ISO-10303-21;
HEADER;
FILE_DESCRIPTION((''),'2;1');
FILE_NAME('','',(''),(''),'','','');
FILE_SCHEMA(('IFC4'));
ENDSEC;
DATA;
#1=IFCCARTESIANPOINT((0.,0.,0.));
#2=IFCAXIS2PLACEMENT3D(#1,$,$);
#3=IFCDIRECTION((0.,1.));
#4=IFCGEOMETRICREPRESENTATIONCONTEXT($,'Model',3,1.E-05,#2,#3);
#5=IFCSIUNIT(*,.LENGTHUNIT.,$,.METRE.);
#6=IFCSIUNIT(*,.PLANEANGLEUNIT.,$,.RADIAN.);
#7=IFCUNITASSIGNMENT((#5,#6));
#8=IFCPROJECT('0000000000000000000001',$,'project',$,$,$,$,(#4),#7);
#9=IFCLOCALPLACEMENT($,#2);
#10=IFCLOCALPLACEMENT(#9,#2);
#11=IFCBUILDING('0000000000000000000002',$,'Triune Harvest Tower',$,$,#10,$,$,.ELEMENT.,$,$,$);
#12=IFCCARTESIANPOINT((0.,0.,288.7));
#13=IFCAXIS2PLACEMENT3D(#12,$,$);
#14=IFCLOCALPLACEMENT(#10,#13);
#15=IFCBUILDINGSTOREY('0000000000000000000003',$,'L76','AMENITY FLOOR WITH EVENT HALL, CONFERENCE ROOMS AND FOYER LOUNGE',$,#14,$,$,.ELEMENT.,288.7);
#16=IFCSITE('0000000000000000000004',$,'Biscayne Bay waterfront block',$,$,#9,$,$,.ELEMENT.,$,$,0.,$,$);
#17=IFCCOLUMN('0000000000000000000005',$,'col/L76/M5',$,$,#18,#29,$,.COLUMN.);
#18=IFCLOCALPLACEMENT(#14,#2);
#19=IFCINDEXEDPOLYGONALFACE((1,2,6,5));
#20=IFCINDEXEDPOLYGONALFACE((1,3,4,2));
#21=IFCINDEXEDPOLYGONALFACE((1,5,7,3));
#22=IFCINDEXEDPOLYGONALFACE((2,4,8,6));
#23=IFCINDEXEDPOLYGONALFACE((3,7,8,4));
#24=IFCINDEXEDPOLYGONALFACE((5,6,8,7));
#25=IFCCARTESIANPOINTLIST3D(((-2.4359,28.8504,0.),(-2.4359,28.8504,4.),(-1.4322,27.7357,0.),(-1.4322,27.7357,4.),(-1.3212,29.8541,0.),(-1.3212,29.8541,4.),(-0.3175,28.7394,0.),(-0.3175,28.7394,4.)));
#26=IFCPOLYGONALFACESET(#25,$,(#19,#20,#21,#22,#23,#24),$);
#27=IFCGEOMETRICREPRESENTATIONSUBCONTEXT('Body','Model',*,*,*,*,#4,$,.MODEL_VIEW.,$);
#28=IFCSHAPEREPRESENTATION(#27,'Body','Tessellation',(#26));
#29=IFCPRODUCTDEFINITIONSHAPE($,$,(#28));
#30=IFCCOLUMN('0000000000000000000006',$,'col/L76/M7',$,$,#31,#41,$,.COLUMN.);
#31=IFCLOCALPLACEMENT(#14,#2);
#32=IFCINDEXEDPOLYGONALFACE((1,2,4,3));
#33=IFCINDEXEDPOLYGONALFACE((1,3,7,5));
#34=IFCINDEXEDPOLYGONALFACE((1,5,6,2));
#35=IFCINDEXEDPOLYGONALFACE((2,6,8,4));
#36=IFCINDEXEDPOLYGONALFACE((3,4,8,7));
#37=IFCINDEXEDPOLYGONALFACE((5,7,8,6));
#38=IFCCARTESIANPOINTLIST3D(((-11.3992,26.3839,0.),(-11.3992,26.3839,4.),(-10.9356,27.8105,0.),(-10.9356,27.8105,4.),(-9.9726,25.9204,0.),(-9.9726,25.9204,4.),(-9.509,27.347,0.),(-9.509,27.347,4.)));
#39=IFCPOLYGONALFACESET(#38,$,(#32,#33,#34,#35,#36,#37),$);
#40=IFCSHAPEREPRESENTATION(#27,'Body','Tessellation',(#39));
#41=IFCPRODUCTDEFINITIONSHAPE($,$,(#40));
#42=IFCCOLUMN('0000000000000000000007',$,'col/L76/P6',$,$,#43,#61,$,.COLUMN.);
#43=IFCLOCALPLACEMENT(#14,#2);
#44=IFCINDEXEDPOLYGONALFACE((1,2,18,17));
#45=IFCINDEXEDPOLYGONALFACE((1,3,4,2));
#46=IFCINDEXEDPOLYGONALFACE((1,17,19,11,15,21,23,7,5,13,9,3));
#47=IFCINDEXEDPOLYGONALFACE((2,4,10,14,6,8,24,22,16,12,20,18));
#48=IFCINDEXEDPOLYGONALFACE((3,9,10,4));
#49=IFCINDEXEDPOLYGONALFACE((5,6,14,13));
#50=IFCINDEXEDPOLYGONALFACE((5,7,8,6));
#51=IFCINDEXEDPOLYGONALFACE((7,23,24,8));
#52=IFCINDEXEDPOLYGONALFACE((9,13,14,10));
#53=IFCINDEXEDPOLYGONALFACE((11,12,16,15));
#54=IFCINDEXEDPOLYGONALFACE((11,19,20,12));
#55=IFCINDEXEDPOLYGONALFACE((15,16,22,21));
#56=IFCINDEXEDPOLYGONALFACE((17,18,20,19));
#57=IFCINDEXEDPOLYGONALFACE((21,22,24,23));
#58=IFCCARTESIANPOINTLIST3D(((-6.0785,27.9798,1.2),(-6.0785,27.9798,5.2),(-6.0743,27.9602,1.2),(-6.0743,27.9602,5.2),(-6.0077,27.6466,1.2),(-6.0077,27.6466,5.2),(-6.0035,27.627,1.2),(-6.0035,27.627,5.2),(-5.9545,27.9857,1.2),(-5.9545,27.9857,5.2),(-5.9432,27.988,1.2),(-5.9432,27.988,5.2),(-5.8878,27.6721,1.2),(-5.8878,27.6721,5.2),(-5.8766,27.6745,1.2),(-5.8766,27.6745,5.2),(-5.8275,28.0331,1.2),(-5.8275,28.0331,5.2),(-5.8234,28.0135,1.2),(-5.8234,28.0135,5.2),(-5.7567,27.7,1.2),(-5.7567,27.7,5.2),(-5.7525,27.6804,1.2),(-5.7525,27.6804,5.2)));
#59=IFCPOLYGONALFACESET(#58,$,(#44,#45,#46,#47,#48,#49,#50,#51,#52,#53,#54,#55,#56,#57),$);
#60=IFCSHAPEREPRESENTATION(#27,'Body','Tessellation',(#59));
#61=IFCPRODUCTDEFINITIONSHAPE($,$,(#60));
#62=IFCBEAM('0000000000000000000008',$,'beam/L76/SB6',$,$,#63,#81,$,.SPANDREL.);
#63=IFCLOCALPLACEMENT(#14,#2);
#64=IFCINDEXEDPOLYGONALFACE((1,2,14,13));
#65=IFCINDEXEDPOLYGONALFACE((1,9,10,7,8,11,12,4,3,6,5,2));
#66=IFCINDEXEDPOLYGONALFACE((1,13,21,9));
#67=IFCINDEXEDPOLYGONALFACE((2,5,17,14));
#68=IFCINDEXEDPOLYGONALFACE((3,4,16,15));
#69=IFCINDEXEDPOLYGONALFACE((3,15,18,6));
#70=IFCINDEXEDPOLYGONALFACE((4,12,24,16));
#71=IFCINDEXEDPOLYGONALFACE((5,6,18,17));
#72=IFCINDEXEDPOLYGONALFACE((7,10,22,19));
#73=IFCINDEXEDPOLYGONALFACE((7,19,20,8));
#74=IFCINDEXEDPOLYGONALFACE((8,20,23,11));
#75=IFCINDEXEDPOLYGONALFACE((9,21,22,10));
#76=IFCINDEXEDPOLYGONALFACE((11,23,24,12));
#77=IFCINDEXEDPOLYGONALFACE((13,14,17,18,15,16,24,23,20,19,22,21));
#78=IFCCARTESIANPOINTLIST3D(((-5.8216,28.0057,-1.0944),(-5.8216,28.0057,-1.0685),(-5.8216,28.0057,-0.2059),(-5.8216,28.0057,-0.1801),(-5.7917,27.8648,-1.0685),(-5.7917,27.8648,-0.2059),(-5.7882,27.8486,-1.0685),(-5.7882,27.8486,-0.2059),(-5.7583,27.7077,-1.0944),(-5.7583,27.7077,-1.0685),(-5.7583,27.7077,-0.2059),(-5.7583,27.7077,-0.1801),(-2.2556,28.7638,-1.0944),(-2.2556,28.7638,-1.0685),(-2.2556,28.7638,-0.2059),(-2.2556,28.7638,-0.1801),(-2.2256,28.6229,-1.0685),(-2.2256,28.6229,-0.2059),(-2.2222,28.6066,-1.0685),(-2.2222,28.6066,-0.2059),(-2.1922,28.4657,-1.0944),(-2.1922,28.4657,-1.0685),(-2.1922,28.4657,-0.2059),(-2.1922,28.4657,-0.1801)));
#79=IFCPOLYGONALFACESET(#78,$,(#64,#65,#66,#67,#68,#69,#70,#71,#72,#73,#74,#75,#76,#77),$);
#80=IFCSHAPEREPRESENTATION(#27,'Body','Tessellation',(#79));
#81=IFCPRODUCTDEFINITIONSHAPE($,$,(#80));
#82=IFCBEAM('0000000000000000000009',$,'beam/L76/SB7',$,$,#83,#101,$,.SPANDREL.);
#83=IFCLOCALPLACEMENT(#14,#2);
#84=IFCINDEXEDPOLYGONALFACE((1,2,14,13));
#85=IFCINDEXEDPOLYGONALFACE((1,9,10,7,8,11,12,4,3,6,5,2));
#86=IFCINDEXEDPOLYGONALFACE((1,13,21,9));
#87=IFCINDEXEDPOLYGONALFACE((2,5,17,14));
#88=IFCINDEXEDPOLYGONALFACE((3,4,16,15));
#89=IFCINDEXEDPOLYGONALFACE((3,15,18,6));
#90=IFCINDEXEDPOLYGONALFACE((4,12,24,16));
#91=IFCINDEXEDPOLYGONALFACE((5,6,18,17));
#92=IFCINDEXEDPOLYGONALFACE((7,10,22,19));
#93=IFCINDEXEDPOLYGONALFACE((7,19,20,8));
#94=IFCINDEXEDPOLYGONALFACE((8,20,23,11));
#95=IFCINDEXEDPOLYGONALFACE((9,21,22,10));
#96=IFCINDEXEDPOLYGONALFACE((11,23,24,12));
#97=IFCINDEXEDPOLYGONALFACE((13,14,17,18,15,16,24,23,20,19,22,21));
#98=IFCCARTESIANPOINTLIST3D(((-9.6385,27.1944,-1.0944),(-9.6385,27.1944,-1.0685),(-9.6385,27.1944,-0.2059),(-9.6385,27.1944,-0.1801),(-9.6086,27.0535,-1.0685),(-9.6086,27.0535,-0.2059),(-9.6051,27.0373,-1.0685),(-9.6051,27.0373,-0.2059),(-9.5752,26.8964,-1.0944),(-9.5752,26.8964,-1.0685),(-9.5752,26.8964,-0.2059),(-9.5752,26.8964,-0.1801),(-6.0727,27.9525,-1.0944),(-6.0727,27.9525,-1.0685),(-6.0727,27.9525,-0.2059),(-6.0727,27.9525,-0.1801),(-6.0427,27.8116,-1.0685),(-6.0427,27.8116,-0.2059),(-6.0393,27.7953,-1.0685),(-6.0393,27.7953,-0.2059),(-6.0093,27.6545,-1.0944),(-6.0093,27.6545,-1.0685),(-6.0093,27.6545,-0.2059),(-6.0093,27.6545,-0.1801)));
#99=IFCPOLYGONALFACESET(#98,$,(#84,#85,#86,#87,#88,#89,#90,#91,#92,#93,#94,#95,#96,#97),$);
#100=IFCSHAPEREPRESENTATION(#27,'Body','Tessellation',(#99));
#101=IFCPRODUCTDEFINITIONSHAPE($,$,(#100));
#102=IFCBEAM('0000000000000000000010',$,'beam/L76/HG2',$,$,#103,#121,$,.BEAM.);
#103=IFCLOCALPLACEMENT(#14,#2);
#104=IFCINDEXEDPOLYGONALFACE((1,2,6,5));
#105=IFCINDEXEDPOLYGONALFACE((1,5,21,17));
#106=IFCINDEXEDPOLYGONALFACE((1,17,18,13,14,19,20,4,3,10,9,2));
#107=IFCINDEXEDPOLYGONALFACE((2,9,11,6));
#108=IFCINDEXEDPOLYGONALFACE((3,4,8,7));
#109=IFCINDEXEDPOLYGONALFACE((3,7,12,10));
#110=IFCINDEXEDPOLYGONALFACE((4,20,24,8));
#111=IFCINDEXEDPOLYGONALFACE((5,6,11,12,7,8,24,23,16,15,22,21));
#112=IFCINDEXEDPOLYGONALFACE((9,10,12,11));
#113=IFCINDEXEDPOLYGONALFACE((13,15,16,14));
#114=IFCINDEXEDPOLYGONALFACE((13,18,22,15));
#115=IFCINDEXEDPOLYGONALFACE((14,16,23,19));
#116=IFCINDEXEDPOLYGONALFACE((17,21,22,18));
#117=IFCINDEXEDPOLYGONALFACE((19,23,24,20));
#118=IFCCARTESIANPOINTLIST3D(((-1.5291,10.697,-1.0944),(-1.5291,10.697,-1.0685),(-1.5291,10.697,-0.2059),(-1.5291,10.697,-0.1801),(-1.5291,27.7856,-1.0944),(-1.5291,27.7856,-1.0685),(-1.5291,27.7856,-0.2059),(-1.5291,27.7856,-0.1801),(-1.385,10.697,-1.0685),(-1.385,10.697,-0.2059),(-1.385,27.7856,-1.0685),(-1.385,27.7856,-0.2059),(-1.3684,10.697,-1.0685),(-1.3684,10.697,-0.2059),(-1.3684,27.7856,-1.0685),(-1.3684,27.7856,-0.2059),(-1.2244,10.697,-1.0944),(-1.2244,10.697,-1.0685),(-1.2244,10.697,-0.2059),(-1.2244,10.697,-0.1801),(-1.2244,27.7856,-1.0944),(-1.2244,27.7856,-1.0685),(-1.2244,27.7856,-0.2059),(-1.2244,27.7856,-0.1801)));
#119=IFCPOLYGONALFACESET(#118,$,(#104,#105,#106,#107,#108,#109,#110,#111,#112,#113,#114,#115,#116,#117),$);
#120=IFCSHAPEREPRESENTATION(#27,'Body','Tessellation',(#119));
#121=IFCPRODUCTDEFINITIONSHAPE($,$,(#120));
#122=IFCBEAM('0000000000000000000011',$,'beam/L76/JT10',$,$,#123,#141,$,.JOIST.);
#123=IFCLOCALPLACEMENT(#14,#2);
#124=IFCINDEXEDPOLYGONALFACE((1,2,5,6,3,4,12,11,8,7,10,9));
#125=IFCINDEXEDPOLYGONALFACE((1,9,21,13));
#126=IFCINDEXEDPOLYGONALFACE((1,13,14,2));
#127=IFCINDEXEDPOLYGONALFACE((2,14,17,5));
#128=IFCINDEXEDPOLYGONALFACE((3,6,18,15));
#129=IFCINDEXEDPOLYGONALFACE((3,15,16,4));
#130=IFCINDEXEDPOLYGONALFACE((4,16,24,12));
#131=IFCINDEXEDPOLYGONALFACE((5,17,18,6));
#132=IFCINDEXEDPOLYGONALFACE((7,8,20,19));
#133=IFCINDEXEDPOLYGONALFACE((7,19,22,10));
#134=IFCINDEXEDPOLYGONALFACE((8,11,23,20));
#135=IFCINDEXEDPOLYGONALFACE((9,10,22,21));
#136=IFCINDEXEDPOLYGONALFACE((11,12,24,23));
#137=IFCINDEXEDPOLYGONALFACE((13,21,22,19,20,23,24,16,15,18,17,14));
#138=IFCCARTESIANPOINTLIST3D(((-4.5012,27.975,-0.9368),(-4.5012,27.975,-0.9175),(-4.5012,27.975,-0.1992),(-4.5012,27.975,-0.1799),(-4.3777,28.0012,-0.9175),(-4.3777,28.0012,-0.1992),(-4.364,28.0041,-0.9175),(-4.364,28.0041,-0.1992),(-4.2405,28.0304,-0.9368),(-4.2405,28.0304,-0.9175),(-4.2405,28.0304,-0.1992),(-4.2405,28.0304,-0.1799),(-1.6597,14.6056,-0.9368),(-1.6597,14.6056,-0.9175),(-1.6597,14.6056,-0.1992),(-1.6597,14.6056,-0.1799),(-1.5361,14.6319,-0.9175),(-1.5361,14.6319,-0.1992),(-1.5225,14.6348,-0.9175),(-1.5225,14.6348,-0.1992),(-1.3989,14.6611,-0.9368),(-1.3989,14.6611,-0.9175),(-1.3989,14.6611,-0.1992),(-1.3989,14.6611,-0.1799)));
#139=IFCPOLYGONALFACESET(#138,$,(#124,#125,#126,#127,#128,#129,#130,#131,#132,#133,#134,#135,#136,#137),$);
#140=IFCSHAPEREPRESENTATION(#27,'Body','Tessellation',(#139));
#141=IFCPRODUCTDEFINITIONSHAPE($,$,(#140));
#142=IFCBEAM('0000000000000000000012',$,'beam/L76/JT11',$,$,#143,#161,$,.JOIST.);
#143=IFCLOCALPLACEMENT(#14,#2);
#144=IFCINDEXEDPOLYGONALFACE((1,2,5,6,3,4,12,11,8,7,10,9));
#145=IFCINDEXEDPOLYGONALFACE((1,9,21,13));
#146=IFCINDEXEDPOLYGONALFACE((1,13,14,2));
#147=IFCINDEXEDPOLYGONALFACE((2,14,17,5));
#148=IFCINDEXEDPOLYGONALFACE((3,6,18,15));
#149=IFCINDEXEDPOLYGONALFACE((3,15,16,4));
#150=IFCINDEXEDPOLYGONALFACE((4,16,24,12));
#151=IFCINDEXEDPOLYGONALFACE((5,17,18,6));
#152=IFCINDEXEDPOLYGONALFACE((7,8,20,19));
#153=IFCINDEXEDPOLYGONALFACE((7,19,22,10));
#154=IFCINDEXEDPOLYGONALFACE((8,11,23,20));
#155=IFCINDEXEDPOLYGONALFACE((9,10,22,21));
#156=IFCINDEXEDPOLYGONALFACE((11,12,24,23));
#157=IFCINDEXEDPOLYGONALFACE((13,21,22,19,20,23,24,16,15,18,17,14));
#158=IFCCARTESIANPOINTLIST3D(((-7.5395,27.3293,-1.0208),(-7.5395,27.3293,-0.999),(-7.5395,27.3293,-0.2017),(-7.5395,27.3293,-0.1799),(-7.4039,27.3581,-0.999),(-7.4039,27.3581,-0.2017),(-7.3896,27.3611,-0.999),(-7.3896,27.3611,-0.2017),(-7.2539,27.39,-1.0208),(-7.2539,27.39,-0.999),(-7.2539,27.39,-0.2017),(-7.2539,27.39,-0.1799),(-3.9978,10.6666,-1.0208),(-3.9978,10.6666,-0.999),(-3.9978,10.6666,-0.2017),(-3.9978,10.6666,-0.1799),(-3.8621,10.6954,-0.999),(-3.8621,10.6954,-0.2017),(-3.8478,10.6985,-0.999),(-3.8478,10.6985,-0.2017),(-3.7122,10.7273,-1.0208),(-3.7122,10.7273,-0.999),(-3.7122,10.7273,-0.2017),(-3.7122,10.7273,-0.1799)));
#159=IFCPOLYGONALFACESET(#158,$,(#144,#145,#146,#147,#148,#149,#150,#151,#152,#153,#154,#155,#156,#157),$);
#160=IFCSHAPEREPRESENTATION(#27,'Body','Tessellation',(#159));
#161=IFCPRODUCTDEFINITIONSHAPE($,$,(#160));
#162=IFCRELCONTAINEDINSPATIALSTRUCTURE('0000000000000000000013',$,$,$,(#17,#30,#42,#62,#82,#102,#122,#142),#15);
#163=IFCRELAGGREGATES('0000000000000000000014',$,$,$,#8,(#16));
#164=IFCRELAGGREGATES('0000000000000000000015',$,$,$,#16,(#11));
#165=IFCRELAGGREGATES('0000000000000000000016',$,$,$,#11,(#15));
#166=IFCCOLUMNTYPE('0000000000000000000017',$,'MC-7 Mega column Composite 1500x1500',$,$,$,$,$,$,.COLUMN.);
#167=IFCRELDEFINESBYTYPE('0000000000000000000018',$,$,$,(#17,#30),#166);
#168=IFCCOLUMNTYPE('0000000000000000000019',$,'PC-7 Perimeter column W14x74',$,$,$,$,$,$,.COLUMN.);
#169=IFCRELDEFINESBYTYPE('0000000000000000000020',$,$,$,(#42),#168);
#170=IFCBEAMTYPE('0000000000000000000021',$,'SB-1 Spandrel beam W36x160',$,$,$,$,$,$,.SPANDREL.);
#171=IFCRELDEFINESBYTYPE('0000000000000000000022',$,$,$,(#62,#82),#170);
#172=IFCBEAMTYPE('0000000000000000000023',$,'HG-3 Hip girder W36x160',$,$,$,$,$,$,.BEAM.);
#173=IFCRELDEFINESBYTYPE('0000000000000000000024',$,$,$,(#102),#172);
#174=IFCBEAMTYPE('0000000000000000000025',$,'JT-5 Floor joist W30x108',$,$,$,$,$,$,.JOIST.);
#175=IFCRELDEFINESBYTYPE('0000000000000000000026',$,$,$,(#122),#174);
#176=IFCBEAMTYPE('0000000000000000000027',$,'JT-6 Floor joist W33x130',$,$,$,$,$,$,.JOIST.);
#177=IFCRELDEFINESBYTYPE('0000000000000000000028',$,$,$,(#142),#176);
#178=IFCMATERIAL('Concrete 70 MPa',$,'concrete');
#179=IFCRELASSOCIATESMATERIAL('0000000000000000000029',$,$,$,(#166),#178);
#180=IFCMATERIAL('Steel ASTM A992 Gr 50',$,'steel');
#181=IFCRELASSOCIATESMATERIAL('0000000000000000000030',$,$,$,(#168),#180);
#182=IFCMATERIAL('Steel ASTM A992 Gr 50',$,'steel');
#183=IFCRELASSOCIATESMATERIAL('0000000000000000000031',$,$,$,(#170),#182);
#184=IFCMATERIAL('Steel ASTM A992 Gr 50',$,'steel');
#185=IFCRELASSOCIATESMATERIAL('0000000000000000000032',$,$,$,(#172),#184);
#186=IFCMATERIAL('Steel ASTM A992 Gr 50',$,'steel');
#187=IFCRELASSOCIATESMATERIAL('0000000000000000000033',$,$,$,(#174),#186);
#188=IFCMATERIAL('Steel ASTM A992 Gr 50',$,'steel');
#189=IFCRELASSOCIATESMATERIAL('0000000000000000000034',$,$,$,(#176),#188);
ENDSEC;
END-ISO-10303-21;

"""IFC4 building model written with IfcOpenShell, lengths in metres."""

from ifc_helpers import new_model, si_unit, direction, frame, origin, origin_2d, place, context, subcontext, project, spatial, rectangle, i_section, extrude, source, transform, mapped, material, material_profile, profile_set, type_object, element, save


model = new_model("IFC4")

# Units and contexts
model_context = context("Model", 3, precision=1e-05, world=origin(), true_north=direction((0.0, 1.0)))
body_context = subcontext(model_context, "Body", "Model", "MODEL_VIEW")
ifc_project = project(units=[si_unit("LENGTHUNIT", "METRE"), si_unit("PLANEANGLEUNIT", "RADIAN")], contexts=[model_context])

# Site, building, storey
site_placement = place(None, origin())
site = spatial("IfcSite", under=ifc_project, at=site_placement, Name="Biscayne Bay waterfront block", CompositionType="ELEMENT", RefElevation=0.0)
building_placement = place(site_placement, origin())
building = spatial("IfcBuilding", under=site, at=building_placement, Name="Triune Harvest Tower", CompositionType="ELEMENT")
storey_placement = place(building_placement, frame((0.0, 0.0, 288.7)))
storey = spatial("IfcBuildingStorey", under=building, at=storey_placement, Name="L76", Description="AMENITY FLOOR WITH EVENT HALL, CONFERENCE ROOMS AND FOYER LOUNGE", CompositionType="ELEMENT", Elevation=288.7)

# Columns
ifc_material_1 = material(Name="Concrete 70 MPa", Category="concrete")
ifc_material_profile_1 = material_profile(ifc_material_1, rectangle(XDim=1.5, YDim=1.5, at=origin_2d()), Name="Composite 1500x1500")
ifc_profile_set_1 = profile_set([ifc_material_profile_1], Name="Concrete 70 MPa")
column_type_1 = type_object("IfcColumnType", Name="MC-7 Mega column Composite 1500x1500", PredefinedType="COLUMN", material=ifc_profile_set_1)
shared_shape_1 = source(origin(), body_context, "Body", "SweptSolid", [
    extrude(rectangle(XDim=1.5, YDim=1.5, at=origin_2d()), origin(), (0.0, 0.0, 1.0), 4.0),
])
for number, where, z_axis, x_axis, name in (
    (1, (-1.3767, 28.7949, 0.0), (0.0, 0.0, 1.0), (-0.669131, 0.743145, 0.0), "col/L76/M5"),
    (2, (-10.4541, 26.8655, 0.0), (0.0, 0.0, 1.0), (-0.309015, -0.951057, 0.0), "col/L76/M7"),
):
    element("IfcColumn", number, at=place(storey_placement, frame(where, z_axis=z_axis, x_axis=x_axis)), inside=storey, type_object=column_type_1, Name=name, PredefinedType="COLUMN", context=body_context, shape_type="MappedRepresentation", body=[
        mapped(shared_shape_1, transform((0.0, 0.0, 0.0), scale=1.0)),
    ])
ifc_material_2 = material(Name="Steel ASTM A992 Gr 50", Category="steel")
ifc_material_profile_2 = material_profile(ifc_material_2, i_section(OverallWidth=0.2566, OverallDepth=0.3606, WebThickness=0.0115, FlangeThickness=0.02, at=origin_2d()), Name="W14x74")
ifc_profile_set_2 = profile_set([ifc_material_profile_2], Name="Steel ASTM A992 Gr 50")
column_type_2 = type_object("IfcColumnType", Name="PC-7 Perimeter column W14x74", PredefinedType="COLUMN", material=ifc_profile_set_2)
shared_shape_2 = source(origin(), body_context, "Body", "SweptSolid", [
    extrude(i_section(OverallWidth=0.2566, OverallDepth=0.3606, WebThickness=0.0115, FlangeThickness=0.02, at=origin_2d()), origin(), (0.0, 0.0, 1.0), 4.0),
])
column_placement = place(storey_placement, frame((-5.9155, 27.8301, 1.2), z_axis=(0.0, 0.0, 1.0), x_axis=(-0.978148, -0.207912, 0.0)))
element("IfcColumn", 3, at=column_placement, inside=storey, type_object=column_type_2, Name="col/L76/P6", PredefinedType="COLUMN", context=body_context, shape_type="MappedRepresentation", body=[
    mapped(shared_shape_2, transform((0.0, 0.0, 0.0), scale=1.0)),
])

# Beams
ifc_material_3 = material(Name="Steel ASTM A992 Gr 50", Category="steel")
ifc_material_profile_3 = material_profile(ifc_material_3, i_section(OverallWidth=0.3047, OverallDepth=0.9143, WebThickness=0.0166, FlangeThickness=0.0259, at=origin_2d()), Name="W36x160")
ifc_profile_set_3 = profile_set([ifc_material_profile_3], Name="Steel ASTM A992 Gr 50")
beam_type_1 = type_object("IfcBeamType", Name="SB-1 Spandrel beam W36x160", PredefinedType="SPANDREL", material=ifc_profile_set_3)
shared_shape_3 = source(origin(), body_context, "Body", "SweptSolid", [
    extrude(i_section(OverallWidth=0.3047, OverallDepth=0.9143, WebThickness=0.0166, FlangeThickness=0.0259, at=origin_2d()), origin(), (0.0, 0.0, 1.0), 3.6458),
])
beam_1_placement = place(storey_placement, frame((-2.2239, 28.6147, -0.6372), z_axis=(-0.978145, -0.207924, 0.0), x_axis=(0.207924, -0.978145, 0.0)))
element("IfcBeam", 4, at=beam_1_placement, inside=storey, type_object=beam_type_1, Name="beam/L76/SB6", PredefinedType="SPANDREL", context=body_context, shape_type="MappedRepresentation", body=[
    mapped(shared_shape_3, transform((0.0, 0.0, 0.0), scale=1.0)),
])
shared_shape_4 = source(origin(), body_context, "Body", "SweptSolid", [
    extrude(i_section(OverallWidth=0.3047, OverallDepth=0.9143, WebThickness=0.0166, FlangeThickness=0.0259, at=origin_2d()), origin(), (0.0, 0.0, 1.0), 3.6455),
])
beam_2_placement = place(storey_placement, frame((-6.041, 27.8035, -0.6372), z_axis=(-0.978142, -0.207937, 0.0), x_axis=(0.207937, -0.978142, 0.0)))
element("IfcBeam", 5, at=beam_2_placement, inside=storey, type_object=beam_type_1, Name="beam/L76/SB7", PredefinedType="SPANDREL", context=body_context, shape_type="MappedRepresentation", body=[
    mapped(shared_shape_4, transform((0.0, 0.0, 0.0), scale=1.0)),
])
ifc_material_4 = material(Name="Steel ASTM A992 Gr 50", Category="steel")
ifc_material_profile_4 = material_profile(ifc_material_4, i_section(OverallWidth=0.3047, OverallDepth=0.9143, WebThickness=0.0166, FlangeThickness=0.0259, at=origin_2d()), Name="W36x160")
ifc_profile_set_4 = profile_set([ifc_material_profile_4], Name="Steel ASTM A992 Gr 50")
beam_type_2 = type_object("IfcBeamType", Name="HG-3 Hip girder W36x160", PredefinedType="BEAM", material=ifc_profile_set_4)
shared_shape_5 = source(origin(), body_context, "Body", "SweptSolid", [
    extrude(i_section(OverallWidth=0.3047, OverallDepth=0.9143, WebThickness=0.0166, FlangeThickness=0.0259, at=origin_2d()), origin(), (0.0, 0.0, 1.0), 17.0886),
])
beam_3_placement = place(storey_placement, frame((-1.3767, 27.7856, -0.6372), z_axis=(0.0, -1.0, 0.0), x_axis=(1.0, 0.0, 0.0)))
element("IfcBeam", 6, at=beam_3_placement, inside=storey, type_object=beam_type_2, Name="beam/L76/HG2", PredefinedType="BEAM", context=body_context, shape_type="MappedRepresentation", body=[
    mapped(shared_shape_5, transform((0.0, 0.0, 0.0), scale=1.0)),
])
ifc_material_5 = material(Name="Steel ASTM A992 Gr 50", Category="steel")
ifc_material_profile_5 = material_profile(ifc_material_5, i_section(OverallWidth=0.2666, OverallDepth=0.7568, WebThickness=0.0139, FlangeThickness=0.0193, at=origin_2d()), Name="W30x108")
ifc_profile_set_5 = profile_set([ifc_material_profile_5], Name="Steel ASTM A992 Gr 50")
beam_type_3 = type_object("IfcBeamType", Name="JT-5 Floor joist W30x108", PredefinedType="JOIST", material=ifc_profile_set_5)
shared_shape_6 = source(origin(), body_context, "Body", "SweptSolid", [
    extrude(i_section(OverallWidth=0.2666, OverallDepth=0.7568, WebThickness=0.0139, FlangeThickness=0.0193, at=origin_2d()), origin(), (0.0, 0.0, 1.0), 13.668),
])
beam_4_placement = place(storey_placement, frame((-4.3708, 28.0027, -0.5583), z_axis=(0.207898, -0.978151, 0.0), x_axis=(0.978151, 0.207898, 0.0)))
element("IfcBeam", 7, at=beam_4_placement, inside=storey, type_object=beam_type_3, Name="beam/L76/JT10", PredefinedType="JOIST", context=body_context, shape_type="MappedRepresentation", body=[
    mapped(shared_shape_6, transform((0.0, 0.0, 0.0), scale=1.0)),
])
ifc_material_6 = material(Name="Steel ASTM A992 Gr 50", Category="steel")
ifc_material_profile_6 = material_profile(ifc_material_6, i_section(OverallWidth=0.292, OverallDepth=0.8408, WebThickness=0.0146, FlangeThickness=0.0217, at=origin_2d()), Name="W33x130")
ifc_profile_set_6 = profile_set([ifc_material_profile_6], Name="Steel ASTM A992 Gr 50")
beam_type_4 = type_object("IfcBeamType", Name="JT-6 Floor joist W33x130", PredefinedType="JOIST", material=ifc_profile_set_6)
shared_shape_7 = source(origin(), body_context, "Body", "SweptSolid", [
    extrude(i_section(OverallWidth=0.292, OverallDepth=0.8408, WebThickness=0.0146, FlangeThickness=0.0217, at=origin_2d()), origin(), (0.0, 0.0, 1.0), 17.0349),
])
beam_5_placement = place(storey_placement, frame((-7.3967, 27.3596, -0.6003), z_axis=(0.207912, -0.978148, 0.0), x_axis=(0.978148, 0.207912, 0.0)))
element("IfcBeam", 8, at=beam_5_placement, inside=storey, type_object=beam_type_4, Name="beam/L76/JT11", PredefinedType="JOIST", context=body_context, shape_type="MappedRepresentation", body=[
    mapped(shared_shape_7, transform((0.0, 0.0, 0.0), scale=1.0)),
])

save(model, "model.ifc")
